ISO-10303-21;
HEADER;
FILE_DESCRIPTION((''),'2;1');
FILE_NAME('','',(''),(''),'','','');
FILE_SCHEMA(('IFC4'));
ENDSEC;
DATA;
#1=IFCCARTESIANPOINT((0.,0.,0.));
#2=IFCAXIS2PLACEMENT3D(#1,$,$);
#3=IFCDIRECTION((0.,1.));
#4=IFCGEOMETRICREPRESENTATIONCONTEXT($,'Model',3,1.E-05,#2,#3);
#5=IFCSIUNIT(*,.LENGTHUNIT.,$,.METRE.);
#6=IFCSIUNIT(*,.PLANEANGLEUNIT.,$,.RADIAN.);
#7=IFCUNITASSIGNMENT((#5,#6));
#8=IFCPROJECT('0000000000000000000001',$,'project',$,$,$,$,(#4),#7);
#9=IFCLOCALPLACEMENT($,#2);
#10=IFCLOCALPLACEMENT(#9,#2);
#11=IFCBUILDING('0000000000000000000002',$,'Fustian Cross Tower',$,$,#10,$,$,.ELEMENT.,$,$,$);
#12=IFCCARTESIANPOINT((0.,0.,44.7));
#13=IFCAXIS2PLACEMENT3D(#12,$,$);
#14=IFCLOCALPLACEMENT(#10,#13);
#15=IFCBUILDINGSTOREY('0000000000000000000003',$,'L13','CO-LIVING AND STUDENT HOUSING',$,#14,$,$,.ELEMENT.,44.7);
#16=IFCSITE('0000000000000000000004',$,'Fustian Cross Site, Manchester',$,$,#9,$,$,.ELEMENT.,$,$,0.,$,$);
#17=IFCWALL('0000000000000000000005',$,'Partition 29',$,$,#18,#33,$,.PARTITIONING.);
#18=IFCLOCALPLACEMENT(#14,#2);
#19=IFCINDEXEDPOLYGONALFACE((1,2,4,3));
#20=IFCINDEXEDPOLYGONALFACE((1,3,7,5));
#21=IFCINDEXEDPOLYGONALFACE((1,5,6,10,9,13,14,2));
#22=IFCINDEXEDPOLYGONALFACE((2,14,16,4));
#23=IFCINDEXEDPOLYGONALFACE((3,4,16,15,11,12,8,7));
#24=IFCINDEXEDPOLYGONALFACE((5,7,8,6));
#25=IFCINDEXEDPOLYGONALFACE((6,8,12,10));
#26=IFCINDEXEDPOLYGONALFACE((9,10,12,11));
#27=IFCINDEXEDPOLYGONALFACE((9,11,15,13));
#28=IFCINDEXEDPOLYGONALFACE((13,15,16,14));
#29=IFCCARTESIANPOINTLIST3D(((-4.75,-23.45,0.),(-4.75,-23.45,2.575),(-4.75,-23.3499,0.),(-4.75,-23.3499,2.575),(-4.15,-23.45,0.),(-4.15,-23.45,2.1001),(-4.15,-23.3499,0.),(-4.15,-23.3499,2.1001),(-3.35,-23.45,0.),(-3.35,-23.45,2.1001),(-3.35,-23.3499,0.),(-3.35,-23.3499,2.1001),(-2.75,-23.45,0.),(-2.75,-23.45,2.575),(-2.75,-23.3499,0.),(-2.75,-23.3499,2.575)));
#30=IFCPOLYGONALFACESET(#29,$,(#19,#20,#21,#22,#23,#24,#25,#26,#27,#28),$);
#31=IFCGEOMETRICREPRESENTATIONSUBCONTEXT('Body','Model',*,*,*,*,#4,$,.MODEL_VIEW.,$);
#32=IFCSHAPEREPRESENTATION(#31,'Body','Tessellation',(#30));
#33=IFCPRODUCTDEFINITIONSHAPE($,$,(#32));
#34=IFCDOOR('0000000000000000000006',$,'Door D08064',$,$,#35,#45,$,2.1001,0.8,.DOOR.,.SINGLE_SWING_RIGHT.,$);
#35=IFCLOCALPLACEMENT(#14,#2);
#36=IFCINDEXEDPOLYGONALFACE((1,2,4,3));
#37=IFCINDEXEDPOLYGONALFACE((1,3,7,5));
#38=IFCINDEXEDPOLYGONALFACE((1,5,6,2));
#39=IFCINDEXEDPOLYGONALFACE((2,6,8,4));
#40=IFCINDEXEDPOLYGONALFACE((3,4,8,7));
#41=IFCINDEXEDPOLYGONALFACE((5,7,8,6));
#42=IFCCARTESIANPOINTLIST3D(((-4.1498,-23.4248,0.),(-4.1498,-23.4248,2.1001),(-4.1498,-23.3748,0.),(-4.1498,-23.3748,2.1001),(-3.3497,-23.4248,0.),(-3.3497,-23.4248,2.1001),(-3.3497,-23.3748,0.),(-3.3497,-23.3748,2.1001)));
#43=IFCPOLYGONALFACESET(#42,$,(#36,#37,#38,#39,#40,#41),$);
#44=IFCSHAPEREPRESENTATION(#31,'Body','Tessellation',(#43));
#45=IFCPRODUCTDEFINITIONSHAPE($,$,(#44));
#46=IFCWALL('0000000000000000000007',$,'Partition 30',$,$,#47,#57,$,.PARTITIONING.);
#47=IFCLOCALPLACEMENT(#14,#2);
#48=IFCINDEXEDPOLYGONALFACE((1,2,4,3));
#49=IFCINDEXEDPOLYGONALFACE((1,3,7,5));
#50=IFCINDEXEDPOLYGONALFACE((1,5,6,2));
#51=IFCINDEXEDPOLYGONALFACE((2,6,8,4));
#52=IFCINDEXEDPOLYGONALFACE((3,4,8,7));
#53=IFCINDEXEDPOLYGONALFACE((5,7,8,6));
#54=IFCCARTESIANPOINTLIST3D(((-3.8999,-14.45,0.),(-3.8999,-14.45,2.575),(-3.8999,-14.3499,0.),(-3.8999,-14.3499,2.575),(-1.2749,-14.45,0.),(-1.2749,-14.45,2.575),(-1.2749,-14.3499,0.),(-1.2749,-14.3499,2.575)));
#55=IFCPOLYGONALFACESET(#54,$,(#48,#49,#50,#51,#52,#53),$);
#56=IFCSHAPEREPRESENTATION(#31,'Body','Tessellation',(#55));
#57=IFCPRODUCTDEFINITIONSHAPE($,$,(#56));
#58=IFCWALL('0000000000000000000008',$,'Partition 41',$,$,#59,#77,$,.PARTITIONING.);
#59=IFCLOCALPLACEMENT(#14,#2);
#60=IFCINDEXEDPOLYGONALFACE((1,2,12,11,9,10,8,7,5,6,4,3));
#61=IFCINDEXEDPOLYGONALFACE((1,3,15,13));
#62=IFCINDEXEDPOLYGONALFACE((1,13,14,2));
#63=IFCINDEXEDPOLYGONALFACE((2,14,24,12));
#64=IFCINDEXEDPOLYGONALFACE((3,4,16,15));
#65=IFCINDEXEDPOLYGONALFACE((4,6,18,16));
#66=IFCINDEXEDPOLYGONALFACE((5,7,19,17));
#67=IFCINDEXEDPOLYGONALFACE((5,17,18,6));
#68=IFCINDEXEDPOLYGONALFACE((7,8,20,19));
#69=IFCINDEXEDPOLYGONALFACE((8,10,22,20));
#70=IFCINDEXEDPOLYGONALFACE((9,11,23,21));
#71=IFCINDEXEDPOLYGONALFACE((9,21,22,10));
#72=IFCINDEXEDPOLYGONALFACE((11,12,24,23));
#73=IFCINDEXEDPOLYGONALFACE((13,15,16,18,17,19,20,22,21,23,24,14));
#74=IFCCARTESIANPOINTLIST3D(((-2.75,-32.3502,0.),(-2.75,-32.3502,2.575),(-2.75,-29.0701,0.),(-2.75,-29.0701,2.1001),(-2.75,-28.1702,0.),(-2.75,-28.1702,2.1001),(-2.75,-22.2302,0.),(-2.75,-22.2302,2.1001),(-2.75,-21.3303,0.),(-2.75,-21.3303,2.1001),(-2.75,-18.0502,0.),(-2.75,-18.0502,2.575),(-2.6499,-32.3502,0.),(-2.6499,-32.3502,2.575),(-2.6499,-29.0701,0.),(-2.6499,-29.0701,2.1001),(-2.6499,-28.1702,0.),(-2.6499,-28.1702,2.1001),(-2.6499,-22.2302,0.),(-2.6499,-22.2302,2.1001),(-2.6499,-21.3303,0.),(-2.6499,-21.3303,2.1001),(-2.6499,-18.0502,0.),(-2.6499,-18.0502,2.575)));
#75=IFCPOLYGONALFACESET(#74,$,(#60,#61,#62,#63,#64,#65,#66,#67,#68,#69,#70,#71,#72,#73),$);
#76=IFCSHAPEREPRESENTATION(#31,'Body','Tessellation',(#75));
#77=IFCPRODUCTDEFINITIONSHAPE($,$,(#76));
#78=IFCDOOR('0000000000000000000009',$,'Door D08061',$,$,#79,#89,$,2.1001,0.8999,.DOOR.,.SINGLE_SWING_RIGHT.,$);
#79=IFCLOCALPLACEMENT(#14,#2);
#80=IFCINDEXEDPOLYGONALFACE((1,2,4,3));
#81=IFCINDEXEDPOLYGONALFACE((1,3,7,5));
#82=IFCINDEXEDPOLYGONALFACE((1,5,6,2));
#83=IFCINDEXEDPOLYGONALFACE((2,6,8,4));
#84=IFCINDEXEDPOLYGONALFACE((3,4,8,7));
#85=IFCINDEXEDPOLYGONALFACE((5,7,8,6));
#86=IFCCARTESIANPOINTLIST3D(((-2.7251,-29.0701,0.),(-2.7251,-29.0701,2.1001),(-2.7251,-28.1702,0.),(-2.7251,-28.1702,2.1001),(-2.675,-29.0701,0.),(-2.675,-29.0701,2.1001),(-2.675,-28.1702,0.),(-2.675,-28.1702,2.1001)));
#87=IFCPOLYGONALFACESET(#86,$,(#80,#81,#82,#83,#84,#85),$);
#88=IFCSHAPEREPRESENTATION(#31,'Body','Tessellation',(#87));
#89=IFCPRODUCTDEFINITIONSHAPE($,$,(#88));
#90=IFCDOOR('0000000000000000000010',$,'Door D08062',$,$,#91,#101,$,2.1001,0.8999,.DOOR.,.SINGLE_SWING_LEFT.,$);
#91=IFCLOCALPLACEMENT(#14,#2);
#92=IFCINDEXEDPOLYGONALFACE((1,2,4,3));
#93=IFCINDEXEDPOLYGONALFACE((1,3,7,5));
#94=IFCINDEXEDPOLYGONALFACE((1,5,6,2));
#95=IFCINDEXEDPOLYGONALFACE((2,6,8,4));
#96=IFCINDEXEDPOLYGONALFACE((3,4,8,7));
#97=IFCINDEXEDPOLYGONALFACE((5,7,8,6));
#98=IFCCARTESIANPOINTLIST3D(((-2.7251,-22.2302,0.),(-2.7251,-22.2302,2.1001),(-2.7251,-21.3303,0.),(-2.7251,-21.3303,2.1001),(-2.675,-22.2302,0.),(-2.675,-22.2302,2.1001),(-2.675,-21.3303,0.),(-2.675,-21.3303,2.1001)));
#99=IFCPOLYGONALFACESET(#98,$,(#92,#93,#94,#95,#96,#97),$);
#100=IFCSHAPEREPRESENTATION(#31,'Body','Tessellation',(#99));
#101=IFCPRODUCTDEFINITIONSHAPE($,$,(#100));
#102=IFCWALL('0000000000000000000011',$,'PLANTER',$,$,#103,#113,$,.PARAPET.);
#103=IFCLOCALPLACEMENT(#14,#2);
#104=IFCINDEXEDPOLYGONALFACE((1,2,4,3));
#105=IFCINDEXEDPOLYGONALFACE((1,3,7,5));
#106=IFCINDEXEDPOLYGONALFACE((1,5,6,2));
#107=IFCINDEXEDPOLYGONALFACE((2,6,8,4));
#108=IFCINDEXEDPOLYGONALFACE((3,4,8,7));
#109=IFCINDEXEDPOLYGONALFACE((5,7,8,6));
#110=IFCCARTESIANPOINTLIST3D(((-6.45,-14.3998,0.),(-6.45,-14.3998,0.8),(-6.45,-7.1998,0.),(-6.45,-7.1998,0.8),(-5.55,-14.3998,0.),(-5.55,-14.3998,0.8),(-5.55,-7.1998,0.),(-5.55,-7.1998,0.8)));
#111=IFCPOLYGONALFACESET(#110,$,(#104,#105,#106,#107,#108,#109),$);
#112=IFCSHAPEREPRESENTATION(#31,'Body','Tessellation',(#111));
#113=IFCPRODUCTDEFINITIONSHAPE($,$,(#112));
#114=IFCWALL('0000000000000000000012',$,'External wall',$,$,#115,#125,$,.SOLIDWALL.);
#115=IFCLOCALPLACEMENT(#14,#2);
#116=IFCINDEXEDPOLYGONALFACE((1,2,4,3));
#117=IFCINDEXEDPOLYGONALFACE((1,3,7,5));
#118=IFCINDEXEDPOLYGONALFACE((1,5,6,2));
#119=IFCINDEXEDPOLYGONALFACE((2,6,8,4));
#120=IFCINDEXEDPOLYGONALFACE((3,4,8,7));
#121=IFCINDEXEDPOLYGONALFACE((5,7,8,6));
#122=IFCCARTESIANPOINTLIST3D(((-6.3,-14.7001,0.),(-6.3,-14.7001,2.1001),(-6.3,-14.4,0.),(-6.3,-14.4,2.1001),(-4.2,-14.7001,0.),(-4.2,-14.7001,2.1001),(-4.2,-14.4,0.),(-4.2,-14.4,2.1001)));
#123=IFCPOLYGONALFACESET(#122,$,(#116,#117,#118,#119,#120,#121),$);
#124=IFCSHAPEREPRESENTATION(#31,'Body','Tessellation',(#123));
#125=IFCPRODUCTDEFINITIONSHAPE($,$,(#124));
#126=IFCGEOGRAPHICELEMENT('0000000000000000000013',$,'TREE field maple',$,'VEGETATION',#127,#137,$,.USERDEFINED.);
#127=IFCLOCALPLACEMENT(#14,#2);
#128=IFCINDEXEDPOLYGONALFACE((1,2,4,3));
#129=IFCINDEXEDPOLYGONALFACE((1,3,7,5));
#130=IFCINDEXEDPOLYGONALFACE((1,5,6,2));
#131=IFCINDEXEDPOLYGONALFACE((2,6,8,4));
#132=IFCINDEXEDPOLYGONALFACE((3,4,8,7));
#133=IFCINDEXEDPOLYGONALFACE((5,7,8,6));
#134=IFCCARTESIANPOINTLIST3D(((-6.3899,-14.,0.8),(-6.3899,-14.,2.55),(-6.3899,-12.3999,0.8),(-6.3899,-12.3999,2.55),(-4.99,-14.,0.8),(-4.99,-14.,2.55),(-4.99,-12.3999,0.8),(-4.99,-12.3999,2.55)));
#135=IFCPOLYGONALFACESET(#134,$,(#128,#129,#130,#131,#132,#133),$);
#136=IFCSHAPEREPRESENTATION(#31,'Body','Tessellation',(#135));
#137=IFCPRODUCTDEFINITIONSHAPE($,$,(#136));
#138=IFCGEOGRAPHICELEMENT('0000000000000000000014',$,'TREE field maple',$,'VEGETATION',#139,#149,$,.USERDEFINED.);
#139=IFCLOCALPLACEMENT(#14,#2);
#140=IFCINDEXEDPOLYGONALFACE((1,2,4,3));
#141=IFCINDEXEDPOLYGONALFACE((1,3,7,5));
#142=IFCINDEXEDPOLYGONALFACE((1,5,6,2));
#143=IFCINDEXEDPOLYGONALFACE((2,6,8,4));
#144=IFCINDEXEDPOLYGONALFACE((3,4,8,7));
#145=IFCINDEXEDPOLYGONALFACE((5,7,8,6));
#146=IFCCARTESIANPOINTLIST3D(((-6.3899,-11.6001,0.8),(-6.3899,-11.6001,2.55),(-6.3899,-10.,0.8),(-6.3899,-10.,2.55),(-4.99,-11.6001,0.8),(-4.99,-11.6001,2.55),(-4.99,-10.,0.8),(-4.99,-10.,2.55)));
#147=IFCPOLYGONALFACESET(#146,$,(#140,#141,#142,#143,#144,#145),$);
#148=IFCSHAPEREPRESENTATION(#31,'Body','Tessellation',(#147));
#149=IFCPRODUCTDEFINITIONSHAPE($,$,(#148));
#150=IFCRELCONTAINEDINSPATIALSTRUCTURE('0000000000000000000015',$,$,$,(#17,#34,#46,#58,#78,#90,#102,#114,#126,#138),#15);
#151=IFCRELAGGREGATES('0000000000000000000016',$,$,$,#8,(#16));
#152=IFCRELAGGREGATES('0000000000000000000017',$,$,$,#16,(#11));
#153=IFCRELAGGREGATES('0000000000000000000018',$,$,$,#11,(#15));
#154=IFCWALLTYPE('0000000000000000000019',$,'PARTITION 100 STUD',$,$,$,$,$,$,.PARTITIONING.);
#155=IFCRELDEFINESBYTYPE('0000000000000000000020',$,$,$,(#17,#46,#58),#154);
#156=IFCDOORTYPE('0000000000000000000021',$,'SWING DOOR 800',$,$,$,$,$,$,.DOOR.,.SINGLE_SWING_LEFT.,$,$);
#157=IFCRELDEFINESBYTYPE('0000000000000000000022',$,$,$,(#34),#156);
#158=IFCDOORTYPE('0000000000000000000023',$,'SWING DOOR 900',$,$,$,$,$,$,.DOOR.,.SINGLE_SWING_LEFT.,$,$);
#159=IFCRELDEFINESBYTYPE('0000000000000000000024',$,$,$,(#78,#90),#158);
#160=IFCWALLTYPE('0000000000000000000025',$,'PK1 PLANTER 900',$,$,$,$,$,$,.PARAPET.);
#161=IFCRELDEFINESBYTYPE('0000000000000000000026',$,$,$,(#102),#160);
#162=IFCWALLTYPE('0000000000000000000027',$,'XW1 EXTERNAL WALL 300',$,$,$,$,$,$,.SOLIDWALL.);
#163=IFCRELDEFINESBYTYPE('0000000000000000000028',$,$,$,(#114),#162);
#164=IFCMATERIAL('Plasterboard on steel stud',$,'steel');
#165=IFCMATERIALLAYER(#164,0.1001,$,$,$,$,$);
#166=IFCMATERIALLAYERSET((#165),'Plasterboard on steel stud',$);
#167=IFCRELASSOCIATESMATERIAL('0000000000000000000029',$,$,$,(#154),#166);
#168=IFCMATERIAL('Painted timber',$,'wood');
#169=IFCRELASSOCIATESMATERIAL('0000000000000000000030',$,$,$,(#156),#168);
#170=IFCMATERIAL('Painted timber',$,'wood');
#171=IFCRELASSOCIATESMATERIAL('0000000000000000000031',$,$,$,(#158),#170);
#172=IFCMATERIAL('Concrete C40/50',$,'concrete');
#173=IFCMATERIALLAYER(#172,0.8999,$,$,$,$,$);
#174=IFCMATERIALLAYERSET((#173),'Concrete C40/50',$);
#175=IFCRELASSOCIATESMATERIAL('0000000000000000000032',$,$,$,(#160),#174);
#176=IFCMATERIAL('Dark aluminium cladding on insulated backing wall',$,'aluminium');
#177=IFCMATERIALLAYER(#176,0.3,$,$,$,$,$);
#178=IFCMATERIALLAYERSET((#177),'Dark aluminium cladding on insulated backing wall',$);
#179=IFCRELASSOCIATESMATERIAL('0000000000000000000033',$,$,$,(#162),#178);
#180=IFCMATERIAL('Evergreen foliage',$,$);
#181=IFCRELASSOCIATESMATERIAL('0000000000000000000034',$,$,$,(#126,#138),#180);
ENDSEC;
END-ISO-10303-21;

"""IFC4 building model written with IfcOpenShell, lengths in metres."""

from ifc_helpers import new_model, si_unit, direction, frame, frame_2d, origin, origin_2d, place, context, subcontext, project, spatial, rectangle, extrude, material, layer, layer_set, type_object, element, fill, save


model = new_model("IFC4")

# Units and contexts
model_context = context("Model", 3, precision=1e-05, world=origin(), true_north=direction((0.0, 1.0)))
body_context = subcontext(model_context, "Body", "Model", "MODEL_VIEW")
ifc_project = project(units=[si_unit("LENGTHUNIT", "METRE"), si_unit("PLANEANGLEUNIT", "RADIAN")], contexts=[model_context])

# Site, building, storey
site_placement = place(None, origin())
site = spatial("IfcSite", under=ifc_project, at=site_placement, Name="Fustian Cross Site, Manchester", CompositionType="ELEMENT", RefElevation=0.0)
building_placement = place(site_placement, origin())
building = spatial("IfcBuilding", under=site, at=building_placement, Name="Fustian Cross Tower", CompositionType="ELEMENT")
storey_placement = place(building_placement, frame((0.0, 0.0, 44.7)))
storey = spatial("IfcBuildingStorey", under=building, at=storey_placement, Name="L13", Description="CO-LIVING AND STUDENT HOUSING", CompositionType="ELEMENT", Elevation=44.7)

# Shared definitions
ifc_material_1 = material(Name="Plasterboard on steel stud", Category="steel")
ifc_layer_1 = layer(ifc_material_1, 0.1001)
ifc_layer_set_1 = layer_set([ifc_layer_1], Name="Plasterboard on steel stud")
wall_type_1 = type_object("IfcWallType", Name="PARTITION 100 STUD", PredefinedType="PARTITIONING", material=ifc_layer_set_1)
ifc_material_2 = material(Name="Painted timber", Category="wood")
door_type_1 = type_object("IfcDoorType", Name="SWING DOOR 800", OperationType="SINGLE_SWING_LEFT", PredefinedType="DOOR", material=ifc_material_2)

# Wall, opening, door
wall_1_placement = place(storey_placement, frame((-4.75, -23.3999, 0.0), z_axis=(0.0, 0.0, 1.0), x_axis=(1.0, 0.0, 0.0)))
wall_1 = element("IfcWall", 1, at=wall_1_placement, inside=storey, type_object=wall_type_1, Name="Partition 29", PredefinedType="PARTITIONING", context=body_context, shape_type="SweptSolid", body=[
    extrude(rectangle(XDim=2.0, YDim=0.1001, at=frame_2d((1.0, 0.0))), origin(), (0.0, 0.0, 1.0), 2.575),
])
opening_1_placement = place(wall_1_placement, frame((0.6001, 0.0, 0.0)))
opening_1 = element("IfcOpeningElement", 2, at=opening_1_placement, cuts=wall_1, PredefinedType="OPENING", context=body_context, shape_type="SweptSolid", body=[
    extrude(rectangle(XDim=0.8, YDim=2.1001, at=frame_2d((0.3999, 1.05))), frame((0.0, 0.0601, 0.0), z_axis=(0.0, -1.0, 0.0), x_axis=(1.0, 0.0, 0.0)), (0.0, 0.0, 1.0), 0.1201),
])
door_1_placement = place(opening_1_placement, frame((0.8, 0.0, 0.0), z_axis=(0.0, 0.0, 1.0), x_axis=(-1.0, 0.0, 0.0)))
door_1 = element("IfcDoor", 3, at=door_1_placement, inside=storey, type_object=door_type_1, Name="Door D08064", OperationType="SINGLE_SWING_RIGHT", OverallHeight=2.1001, OverallWidth=0.8, PredefinedType="DOOR", context=body_context, shape_type="SweptSolid", body=[
    extrude(rectangle(XDim=0.8, YDim=2.1001, at=frame_2d((0.3999, 1.05))), frame((0.0, 0.0249, 0.0), z_axis=(0.0, -1.0, 0.0), x_axis=(1.0, 0.0, 0.0)), (0.0, 0.0, 1.0), 0.05),
])
fill(opening_1, door_1)

# Wall
wall_2_placement = place(storey_placement, frame((-3.8999, -14.3999, 0.0), z_axis=(0.0, 0.0, 1.0), x_axis=(1.0, 0.0, 0.0)))
element("IfcWall", 4, at=wall_2_placement, inside=storey, type_object=wall_type_1, Name="Partition 30", PredefinedType="PARTITIONING", context=body_context, shape_type="SweptSolid", body=[
    extrude(rectangle(XDim=2.625, YDim=0.1001, at=frame_2d((1.3125, 0.0))), origin(), (0.0, 0.0, 1.0), 2.575),
])

# Wall, openings, doors
wall_3_placement = place(storey_placement, frame((-2.7, -32.3501, 0.0), z_axis=(0.0, 0.0, 1.0), x_axis=(0.0, 1.0, 0.0)))
wall_3 = element("IfcWall", 5, at=wall_3_placement, inside=storey, type_object=wall_type_1, Name="Partition 41", PredefinedType="PARTITIONING", context=body_context, shape_type="SweptSolid", body=[
    extrude(rectangle(XDim=14.3, YDim=0.1001, at=frame_2d((7.1499, 0.0))), origin(), (0.0, 0.0, 1.0), 2.575),
])
opening_2_placement = place(wall_3_placement, frame((3.28, 0.0, 0.0)))
opening_2 = element("IfcOpeningElement", 6, at=opening_2_placement, cuts=wall_3, PredefinedType="OPENING", context=body_context, shape_type="SweptSolid", body=[
    extrude(rectangle(XDim=0.8999, YDim=2.1001, at=frame_2d((0.45, 1.05))), frame((0.0, 0.0601, 0.0), z_axis=(0.0, -1.0, 0.0), x_axis=(1.0, 0.0, 0.0)), (0.0, 0.0, 1.0), 0.1201),
])
opening_3_placement = place(wall_3_placement, frame((10.1199, 0.0, 0.0)))
opening_3 = element("IfcOpeningElement", 7, at=opening_3_placement, cuts=wall_3, PredefinedType="OPENING", context=body_context, shape_type="SweptSolid", body=[
    extrude(rectangle(XDim=0.8999, YDim=2.1001, at=frame_2d((0.45, 1.05))), frame((0.0, 0.0601, 0.0), z_axis=(0.0, -1.0, 0.0), x_axis=(1.0, 0.0, 0.0)), (0.0, 0.0, 1.0), 0.1201),
])
ifc_material_3 = material(Name="Painted timber", Category="wood")
door_type_2 = type_object("IfcDoorType", Name="SWING DOOR 900", OperationType="SINGLE_SWING_LEFT", PredefinedType="DOOR", material=ifc_material_3)
door_2_placement = place(opening_2_placement, frame((0.8999, 0.0, 0.0), z_axis=(0.0, 0.0, 1.0), x_axis=(-1.0, 0.0, 0.0)))
door_2 = element("IfcDoor", 8, at=door_2_placement, inside=storey, type_object=door_type_2, Name="Door D08061", OperationType="SINGLE_SWING_RIGHT", OverallHeight=2.1001, OverallWidth=0.8999, PredefinedType="DOOR", context=body_context, shape_type="SweptSolid", body=[
    extrude(rectangle(XDim=0.8999, YDim=2.1001, at=frame_2d((0.45, 1.05))), frame((0.0, 0.0249, 0.0), z_axis=(0.0, -1.0, 0.0), x_axis=(1.0, 0.0, 0.0)), (0.0, 0.0, 1.0), 0.05),
])
fill(opening_2, door_2)
door_3_placement = place(opening_3_placement, frame((0.8999, 0.0, 0.0), z_axis=(0.0, 0.0, 1.0), x_axis=(-1.0, 0.0, 0.0)))
door_3 = element("IfcDoor", 9, at=door_3_placement, inside=storey, type_object=door_type_2, Name="Door D08062", OperationType="SINGLE_SWING_LEFT", OverallHeight=2.1001, OverallWidth=0.8999, PredefinedType="DOOR", context=body_context, shape_type="SweptSolid", body=[
    extrude(rectangle(XDim=0.8999, YDim=2.1001, at=frame_2d((0.45, 1.05))), frame((0.0, 0.0249, 0.0), z_axis=(0.0, -1.0, 0.0), x_axis=(1.0, 0.0, 0.0)), (0.0, 0.0, 1.0), 0.05),
])
fill(opening_3, door_3)

# Walls
ifc_material_4 = material(Name="Concrete C40/50", Category="concrete")
ifc_layer_2 = layer(ifc_material_4, 0.8999)
ifc_layer_set_2 = layer_set([ifc_layer_2], Name="Concrete C40/50")
wall_type_2 = type_object("IfcWallType", Name="PK1 PLANTER 900", PredefinedType="PARAPET", material=ifc_layer_set_2)
wall_4_placement = place(storey_placement, frame((-6.0, -14.3999, 0.0), z_axis=(0.0, 0.0, 1.0), x_axis=(0.0, 1.0, 0.0)))
element("IfcWall", 10, at=wall_4_placement, inside=storey, type_object=wall_type_2, Name="PLANTER", PredefinedType="PARAPET", context=body_context, shape_type="SweptSolid", body=[
    extrude(rectangle(XDim=7.2, YDim=0.8999, at=frame_2d((3.6001, 0.0))), origin(), (0.0, 0.0, 1.0), 0.8),
])
ifc_material_5 = material(Name="Dark aluminium cladding on insulated backing wall", Category="aluminium")
ifc_layer_3 = layer(ifc_material_5, 0.3)
ifc_layer_set_3 = layer_set([ifc_layer_3], Name="Dark aluminium cladding on insulated backing wall")
wall_type_3 = type_object("IfcWallType", Name="XW1 EXTERNAL WALL 300", PredefinedType="SOLIDWALL", material=ifc_layer_set_3)
wall_5_placement = place(storey_placement, frame((-4.2, -14.55, 0.0), z_axis=(0.0, 0.0, 1.0), x_axis=(-1.0, 0.0, 0.0)))
element("IfcWall", 11, at=wall_5_placement, inside=storey, type_object=wall_type_3, Name="External wall", PredefinedType="SOLIDWALL", context=body_context, shape_type="SweptSolid", body=[
    extrude(rectangle(XDim=2.1001, YDim=0.3, at=frame_2d((1.05, 0.0))), origin(), (0.0, 0.0, 1.0), 2.1001),
])

# Geographic elements
ifc_material_6 = material(Name="Evergreen foliage")
for number, where, z_axis, x_axis, name in (
    (12, (-5.6899, -13.2, 0.8), (0.0, 0.0, 1.0), (1.0, 0.0, 0.0), "TREE field maple"),
    (13, (-5.6899, -10.8, 0.8), (0.0, 0.0, 1.0), (1.0, 0.0, 0.0), "TREE field maple"),
):
    element("IfcGeographicElement", number, at=place(storey_placement, frame(where, z_axis=z_axis, x_axis=x_axis)), inside=storey, material=ifc_material_6, Name=name, ObjectType="VEGETATION", PredefinedType="USERDEFINED", context=body_context, shape_type="SweptSolid", body=[
        extrude(rectangle(XDim=1.3999, YDim=1.6001, at=origin_2d()), origin(), (0.0, 0.0, 1.0), 1.75),
    ])

save(model, "model.ifc")
